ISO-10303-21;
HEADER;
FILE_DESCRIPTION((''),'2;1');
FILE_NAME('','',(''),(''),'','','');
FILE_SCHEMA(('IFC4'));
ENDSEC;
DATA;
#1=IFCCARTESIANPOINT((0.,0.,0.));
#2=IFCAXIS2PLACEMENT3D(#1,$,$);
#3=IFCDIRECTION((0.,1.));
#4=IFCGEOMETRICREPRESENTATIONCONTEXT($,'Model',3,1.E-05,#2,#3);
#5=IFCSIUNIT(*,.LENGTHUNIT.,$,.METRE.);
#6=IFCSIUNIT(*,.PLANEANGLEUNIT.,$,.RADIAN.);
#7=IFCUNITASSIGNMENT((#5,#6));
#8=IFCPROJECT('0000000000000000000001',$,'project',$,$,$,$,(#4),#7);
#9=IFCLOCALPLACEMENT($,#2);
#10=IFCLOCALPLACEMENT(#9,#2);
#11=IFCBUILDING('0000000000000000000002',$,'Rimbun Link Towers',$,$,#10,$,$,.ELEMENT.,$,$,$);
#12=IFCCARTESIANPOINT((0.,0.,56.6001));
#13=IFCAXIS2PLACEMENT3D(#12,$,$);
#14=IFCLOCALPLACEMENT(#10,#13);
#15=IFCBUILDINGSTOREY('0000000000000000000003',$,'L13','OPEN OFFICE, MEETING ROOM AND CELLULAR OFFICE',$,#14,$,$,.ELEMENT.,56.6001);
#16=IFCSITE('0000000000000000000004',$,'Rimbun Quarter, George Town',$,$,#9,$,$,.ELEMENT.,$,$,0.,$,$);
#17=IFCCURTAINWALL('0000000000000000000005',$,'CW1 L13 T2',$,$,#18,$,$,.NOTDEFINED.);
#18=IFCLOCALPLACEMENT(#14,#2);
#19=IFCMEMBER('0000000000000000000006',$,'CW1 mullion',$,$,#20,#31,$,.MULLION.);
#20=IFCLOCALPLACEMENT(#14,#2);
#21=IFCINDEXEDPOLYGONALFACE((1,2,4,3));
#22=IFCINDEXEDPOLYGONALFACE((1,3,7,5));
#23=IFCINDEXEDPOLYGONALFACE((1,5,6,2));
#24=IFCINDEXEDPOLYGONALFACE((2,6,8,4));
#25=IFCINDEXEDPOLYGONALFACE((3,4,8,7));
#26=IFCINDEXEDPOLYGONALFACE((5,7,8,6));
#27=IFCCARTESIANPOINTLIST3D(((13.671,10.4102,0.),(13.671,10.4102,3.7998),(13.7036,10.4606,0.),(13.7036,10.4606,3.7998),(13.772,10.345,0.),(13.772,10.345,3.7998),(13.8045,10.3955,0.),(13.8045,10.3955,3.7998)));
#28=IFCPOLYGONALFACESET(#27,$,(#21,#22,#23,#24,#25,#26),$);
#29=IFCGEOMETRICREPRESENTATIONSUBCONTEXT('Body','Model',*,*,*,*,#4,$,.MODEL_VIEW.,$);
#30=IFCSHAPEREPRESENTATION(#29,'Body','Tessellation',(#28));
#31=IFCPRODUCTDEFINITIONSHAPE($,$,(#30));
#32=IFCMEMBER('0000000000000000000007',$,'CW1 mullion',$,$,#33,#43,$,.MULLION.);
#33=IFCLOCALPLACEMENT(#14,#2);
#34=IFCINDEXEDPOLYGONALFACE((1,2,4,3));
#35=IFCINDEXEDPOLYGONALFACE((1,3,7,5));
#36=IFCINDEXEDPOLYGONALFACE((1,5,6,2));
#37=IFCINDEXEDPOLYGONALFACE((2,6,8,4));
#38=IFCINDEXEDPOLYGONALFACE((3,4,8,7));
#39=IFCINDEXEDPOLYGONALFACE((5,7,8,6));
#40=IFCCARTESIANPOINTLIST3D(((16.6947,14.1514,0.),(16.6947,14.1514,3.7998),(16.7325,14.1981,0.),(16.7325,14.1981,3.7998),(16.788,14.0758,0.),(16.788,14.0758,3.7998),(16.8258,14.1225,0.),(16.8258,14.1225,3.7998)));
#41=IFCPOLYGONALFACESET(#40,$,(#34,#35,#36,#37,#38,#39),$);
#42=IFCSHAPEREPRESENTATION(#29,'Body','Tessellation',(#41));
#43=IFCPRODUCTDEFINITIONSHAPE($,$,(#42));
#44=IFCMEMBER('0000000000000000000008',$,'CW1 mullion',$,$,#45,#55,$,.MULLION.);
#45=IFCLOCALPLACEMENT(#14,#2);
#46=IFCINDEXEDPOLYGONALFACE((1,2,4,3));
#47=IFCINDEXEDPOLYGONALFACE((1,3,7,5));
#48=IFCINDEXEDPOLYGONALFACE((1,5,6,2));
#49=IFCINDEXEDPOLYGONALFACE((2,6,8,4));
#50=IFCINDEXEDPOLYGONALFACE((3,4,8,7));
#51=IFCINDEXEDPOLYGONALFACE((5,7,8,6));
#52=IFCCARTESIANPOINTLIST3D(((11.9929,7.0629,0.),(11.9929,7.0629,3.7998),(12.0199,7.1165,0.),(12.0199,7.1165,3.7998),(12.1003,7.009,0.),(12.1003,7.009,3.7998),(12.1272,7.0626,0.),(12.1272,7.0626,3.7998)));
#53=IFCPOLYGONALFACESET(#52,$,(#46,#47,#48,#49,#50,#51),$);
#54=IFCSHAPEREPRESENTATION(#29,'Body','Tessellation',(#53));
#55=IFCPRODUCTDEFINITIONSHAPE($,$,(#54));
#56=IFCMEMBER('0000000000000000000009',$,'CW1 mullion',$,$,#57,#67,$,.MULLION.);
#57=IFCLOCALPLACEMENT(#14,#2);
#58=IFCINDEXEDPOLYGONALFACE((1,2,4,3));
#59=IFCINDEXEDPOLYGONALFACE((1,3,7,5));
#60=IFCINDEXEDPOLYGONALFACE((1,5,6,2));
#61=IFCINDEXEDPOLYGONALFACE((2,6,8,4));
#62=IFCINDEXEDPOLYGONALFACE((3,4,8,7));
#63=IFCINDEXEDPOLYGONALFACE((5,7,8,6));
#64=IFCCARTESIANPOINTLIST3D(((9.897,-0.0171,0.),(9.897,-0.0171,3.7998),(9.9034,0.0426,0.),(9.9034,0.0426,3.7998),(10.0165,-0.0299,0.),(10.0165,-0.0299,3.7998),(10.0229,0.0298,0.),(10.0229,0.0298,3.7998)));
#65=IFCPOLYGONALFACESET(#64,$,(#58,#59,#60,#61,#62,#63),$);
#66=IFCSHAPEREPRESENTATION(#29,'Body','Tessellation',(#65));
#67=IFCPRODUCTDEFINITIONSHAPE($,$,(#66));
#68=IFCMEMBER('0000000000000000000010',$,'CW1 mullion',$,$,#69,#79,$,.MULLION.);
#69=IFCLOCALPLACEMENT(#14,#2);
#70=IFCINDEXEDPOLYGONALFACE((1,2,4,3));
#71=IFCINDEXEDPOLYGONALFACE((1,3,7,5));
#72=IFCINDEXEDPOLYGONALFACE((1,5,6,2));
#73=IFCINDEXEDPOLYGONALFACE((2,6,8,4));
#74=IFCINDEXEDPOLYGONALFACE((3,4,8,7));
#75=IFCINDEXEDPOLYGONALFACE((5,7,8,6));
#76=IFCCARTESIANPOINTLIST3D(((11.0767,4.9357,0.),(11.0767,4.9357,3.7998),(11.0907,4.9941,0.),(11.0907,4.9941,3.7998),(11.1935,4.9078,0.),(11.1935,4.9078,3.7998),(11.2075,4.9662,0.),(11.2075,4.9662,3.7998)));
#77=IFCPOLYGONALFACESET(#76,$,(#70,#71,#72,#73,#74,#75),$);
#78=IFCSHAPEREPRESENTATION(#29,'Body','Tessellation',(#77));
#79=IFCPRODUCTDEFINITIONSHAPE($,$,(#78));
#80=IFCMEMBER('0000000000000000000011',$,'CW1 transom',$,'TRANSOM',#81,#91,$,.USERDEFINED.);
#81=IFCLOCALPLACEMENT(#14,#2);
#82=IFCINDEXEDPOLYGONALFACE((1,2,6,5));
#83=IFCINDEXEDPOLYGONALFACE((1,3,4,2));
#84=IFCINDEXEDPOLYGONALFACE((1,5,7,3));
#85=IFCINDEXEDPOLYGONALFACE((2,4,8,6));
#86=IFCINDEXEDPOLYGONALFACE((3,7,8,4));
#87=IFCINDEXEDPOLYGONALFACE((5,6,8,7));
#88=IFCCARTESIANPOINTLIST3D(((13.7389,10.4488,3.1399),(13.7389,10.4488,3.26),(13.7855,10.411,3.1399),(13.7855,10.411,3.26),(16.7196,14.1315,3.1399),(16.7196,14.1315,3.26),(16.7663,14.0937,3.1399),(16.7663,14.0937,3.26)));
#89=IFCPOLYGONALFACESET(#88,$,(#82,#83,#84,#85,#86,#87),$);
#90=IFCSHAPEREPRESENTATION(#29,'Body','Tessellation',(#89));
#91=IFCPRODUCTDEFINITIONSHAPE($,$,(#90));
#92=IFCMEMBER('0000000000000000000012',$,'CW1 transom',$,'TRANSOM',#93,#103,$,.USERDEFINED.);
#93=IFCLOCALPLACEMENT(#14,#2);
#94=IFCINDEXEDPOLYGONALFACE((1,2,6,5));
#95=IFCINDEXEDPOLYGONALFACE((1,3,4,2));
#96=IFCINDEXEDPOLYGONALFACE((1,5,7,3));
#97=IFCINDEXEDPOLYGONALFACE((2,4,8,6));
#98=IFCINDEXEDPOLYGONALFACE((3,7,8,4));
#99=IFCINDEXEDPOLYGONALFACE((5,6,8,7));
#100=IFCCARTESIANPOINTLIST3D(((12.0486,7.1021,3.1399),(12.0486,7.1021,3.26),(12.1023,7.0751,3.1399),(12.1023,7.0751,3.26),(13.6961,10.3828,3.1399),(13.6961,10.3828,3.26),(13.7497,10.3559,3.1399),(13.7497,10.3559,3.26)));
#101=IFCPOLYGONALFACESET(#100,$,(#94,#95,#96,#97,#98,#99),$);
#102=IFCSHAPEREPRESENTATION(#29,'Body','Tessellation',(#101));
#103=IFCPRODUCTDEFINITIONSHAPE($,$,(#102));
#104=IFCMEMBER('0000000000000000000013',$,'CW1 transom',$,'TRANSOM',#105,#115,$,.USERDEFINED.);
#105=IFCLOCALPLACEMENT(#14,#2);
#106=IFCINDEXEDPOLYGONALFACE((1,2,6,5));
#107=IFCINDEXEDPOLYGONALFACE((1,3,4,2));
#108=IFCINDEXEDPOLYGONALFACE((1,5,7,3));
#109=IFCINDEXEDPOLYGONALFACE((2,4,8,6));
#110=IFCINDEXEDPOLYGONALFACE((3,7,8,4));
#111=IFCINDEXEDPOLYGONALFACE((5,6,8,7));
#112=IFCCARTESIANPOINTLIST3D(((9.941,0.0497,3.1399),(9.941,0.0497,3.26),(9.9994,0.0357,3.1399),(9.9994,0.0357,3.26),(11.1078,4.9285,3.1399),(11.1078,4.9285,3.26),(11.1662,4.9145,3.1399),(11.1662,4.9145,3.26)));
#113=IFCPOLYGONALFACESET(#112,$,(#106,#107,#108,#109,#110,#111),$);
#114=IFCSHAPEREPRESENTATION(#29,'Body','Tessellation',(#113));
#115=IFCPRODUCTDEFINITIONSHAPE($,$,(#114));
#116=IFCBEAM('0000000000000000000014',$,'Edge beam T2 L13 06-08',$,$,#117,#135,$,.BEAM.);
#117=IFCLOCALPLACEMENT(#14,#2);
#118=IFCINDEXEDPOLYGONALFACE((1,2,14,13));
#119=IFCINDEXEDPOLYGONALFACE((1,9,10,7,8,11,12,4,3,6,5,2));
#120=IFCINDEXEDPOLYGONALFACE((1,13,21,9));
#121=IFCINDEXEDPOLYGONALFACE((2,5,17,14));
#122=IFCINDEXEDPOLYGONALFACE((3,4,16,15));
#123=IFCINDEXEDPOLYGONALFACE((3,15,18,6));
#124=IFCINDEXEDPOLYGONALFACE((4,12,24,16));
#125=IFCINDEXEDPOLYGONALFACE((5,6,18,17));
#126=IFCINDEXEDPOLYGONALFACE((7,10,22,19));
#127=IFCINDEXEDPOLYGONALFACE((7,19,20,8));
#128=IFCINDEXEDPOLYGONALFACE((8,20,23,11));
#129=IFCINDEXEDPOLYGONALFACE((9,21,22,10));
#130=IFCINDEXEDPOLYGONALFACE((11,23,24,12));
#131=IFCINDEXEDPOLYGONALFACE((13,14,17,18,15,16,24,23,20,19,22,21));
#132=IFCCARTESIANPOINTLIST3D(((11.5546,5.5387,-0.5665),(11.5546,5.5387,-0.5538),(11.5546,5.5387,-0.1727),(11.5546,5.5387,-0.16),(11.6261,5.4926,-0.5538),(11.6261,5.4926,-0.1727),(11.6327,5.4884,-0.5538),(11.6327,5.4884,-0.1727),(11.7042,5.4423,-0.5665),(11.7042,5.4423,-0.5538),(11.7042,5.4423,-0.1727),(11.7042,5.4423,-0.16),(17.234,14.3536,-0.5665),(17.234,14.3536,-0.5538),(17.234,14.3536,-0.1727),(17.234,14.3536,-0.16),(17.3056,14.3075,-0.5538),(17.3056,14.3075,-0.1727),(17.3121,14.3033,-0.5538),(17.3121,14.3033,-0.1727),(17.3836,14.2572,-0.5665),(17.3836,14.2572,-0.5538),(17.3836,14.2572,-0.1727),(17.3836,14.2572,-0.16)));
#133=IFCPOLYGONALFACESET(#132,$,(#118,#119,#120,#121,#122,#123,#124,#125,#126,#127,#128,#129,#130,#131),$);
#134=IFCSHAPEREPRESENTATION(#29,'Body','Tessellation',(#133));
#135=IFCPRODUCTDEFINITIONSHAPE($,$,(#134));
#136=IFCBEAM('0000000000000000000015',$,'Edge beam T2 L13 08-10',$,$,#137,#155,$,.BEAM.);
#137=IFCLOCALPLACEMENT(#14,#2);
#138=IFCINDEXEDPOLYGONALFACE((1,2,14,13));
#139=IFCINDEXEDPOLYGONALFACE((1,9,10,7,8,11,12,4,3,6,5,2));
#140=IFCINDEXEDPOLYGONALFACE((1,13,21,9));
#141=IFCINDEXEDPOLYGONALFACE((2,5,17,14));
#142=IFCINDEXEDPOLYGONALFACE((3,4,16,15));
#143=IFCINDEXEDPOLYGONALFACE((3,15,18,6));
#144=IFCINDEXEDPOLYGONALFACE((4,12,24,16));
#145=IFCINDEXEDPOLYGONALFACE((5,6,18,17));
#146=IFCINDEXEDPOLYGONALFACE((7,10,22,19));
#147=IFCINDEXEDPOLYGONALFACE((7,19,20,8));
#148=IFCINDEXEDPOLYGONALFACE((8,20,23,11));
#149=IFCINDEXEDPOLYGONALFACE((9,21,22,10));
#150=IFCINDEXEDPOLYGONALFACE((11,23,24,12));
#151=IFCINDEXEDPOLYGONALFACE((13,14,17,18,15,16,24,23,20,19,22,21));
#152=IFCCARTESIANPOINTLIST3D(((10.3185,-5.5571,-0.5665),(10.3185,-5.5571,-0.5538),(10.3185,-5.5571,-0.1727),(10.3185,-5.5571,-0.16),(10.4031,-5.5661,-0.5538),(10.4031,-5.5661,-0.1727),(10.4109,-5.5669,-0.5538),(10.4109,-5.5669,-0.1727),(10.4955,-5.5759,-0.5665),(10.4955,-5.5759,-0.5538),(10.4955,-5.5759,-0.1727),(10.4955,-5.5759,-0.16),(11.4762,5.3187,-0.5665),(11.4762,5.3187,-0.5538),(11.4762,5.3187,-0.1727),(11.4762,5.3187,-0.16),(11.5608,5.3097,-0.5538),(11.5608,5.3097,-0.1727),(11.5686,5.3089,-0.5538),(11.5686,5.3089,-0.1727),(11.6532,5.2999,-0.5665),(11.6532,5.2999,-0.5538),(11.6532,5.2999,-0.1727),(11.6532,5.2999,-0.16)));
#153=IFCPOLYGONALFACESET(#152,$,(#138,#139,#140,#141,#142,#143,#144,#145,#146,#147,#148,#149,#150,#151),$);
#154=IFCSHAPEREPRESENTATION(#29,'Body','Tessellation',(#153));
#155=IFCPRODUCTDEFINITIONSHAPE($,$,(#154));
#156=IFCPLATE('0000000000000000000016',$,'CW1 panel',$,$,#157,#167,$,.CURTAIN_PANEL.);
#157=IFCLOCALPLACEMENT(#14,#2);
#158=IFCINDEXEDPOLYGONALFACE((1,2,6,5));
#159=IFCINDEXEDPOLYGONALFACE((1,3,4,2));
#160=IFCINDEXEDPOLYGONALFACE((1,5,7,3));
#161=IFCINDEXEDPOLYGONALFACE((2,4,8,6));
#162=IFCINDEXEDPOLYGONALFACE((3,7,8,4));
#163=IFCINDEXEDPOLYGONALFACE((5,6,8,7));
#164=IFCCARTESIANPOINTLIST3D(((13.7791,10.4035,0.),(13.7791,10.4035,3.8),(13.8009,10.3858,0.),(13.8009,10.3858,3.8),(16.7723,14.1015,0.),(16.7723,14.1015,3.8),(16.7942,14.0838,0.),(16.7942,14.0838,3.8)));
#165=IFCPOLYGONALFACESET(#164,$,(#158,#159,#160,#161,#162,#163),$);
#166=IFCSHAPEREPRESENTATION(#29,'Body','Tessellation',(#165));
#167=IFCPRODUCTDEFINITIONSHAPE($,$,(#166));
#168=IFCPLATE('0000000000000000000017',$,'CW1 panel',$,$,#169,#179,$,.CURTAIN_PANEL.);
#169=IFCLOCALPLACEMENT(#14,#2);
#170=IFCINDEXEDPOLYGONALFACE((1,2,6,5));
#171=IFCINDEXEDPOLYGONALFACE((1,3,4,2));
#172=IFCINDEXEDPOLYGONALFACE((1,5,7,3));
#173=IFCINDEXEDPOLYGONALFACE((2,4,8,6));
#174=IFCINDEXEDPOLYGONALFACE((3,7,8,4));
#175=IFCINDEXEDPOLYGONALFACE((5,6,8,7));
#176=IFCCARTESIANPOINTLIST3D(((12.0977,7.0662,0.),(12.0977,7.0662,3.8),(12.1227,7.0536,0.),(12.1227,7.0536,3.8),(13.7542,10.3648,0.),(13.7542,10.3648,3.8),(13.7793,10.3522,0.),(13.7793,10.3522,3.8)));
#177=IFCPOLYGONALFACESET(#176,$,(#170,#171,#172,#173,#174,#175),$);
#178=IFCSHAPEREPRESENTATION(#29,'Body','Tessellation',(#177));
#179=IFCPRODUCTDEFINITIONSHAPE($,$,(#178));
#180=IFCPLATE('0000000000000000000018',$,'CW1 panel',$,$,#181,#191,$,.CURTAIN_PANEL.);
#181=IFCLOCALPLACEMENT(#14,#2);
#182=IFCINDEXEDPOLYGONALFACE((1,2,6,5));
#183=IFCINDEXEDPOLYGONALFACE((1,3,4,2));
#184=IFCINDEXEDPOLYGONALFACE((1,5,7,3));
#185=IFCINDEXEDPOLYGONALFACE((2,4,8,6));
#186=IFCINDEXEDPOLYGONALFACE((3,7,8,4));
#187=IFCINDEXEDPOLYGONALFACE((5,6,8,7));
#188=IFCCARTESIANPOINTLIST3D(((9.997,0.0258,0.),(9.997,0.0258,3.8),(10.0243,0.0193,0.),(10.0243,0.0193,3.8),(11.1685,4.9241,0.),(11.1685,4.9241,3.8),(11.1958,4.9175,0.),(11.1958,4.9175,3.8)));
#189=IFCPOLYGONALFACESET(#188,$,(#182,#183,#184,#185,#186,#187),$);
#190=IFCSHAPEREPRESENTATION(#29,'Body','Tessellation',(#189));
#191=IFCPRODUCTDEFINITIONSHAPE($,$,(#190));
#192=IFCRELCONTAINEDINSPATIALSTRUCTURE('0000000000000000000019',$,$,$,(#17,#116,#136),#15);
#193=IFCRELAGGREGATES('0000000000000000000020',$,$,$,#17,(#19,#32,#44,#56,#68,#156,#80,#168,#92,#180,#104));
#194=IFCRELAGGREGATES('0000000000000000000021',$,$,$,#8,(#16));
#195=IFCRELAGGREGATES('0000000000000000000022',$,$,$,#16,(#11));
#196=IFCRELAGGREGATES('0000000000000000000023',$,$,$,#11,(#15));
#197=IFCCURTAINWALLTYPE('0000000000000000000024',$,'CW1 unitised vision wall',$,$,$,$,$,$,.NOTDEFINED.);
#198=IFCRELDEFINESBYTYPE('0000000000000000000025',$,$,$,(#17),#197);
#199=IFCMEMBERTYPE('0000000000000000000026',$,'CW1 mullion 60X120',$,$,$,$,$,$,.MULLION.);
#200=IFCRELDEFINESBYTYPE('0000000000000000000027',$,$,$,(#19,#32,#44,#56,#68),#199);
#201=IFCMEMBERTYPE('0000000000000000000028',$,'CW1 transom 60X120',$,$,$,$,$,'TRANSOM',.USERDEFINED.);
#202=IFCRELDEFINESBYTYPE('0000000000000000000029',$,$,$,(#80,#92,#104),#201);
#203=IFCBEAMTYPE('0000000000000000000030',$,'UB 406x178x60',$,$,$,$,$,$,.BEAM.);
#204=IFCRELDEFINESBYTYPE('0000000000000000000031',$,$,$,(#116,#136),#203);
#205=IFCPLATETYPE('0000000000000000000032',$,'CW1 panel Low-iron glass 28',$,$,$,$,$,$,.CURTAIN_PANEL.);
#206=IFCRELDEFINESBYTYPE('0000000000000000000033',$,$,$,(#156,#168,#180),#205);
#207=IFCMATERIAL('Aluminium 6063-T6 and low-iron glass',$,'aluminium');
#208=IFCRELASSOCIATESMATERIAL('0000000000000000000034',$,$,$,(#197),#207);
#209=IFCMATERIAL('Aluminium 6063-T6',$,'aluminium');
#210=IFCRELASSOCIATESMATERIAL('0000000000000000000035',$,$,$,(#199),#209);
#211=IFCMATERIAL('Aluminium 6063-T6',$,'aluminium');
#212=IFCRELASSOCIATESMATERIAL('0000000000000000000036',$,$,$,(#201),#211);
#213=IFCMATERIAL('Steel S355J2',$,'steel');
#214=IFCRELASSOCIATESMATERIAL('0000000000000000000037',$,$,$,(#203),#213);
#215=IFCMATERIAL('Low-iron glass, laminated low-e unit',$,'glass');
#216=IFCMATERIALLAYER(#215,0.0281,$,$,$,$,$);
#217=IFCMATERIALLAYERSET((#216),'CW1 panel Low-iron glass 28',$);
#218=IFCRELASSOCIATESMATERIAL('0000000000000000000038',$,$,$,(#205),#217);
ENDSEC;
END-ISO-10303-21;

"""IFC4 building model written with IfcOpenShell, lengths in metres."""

from ifc_helpers import new_model, si_unit, direction, frame, origin, origin_2d, place, context, subcontext, project, spatial, rectangle, i_section, extrude, material, layer, layer_set, material_profile, profile_set, type_object, element, aggregate, save


model = new_model("IFC4")

# Units and contexts
model_context = context("Model", 3, precision=1e-05, world=origin(), true_north=direction((0.0, 1.0)))
body_context = subcontext(model_context, "Body", "Model", "MODEL_VIEW")
ifc_project = project(units=[si_unit("LENGTHUNIT", "METRE"), si_unit("PLANEANGLEUNIT", "RADIAN")], contexts=[model_context])

# Site, building, storey
site_placement = place(None, origin())
site = spatial("IfcSite", under=ifc_project, at=site_placement, Name="Rimbun Quarter, George Town", CompositionType="ELEMENT", RefElevation=0.0)
building_placement = place(site_placement, origin())
building = spatial("IfcBuilding", under=site, at=building_placement, Name="Rimbun Link Towers", CompositionType="ELEMENT")
storey_placement = place(building_placement, frame((0.0, 0.0, 56.6001)))
storey = spatial("IfcBuildingStorey", under=building, at=storey_placement, Name="L13", Description="OPEN OFFICE, MEETING ROOM AND CELLULAR OFFICE", CompositionType="ELEMENT", Elevation=56.6001)

# Curtain wall, members
ifc_material_1 = material(Name="Aluminium 6063-T6 and low-iron glass", Category="aluminium")
curtain_wall_type = type_object("IfcCurtainWallType", Name="CW1 unitised vision wall", PredefinedType="NOTDEFINED", material=ifc_material_1)
curtain_wall_placement = place(storey_placement, origin())
curtain_wall = element("IfcCurtainWall", 1, at=curtain_wall_placement, inside=storey, type_object=curtain_wall_type, Name="CW1 L13 T2", PredefinedType="NOTDEFINED")
ifc_material_2 = material(Name="Aluminium 6063-T6", Category="aluminium")
ifc_material_profile_1 = material_profile(ifc_material_2, rectangle(XDim=0.1201, YDim=0.0601, at=origin_2d()), Name="MULLION 60X120")
ifc_profile_set_1 = profile_set([ifc_material_profile_1], Name="Aluminium 6063-T6")
member_type_1 = type_object("IfcMemberType", Name="CW1 mullion 60X120", PredefinedType="MULLION", material=ifc_profile_set_1)
member_1_placement = place(storey_placement, frame((13.7378, 10.4028, 0.0), z_axis=(0.0, 0.0, 1.0), x_axis=(-0.840311, 0.542105, 0.0)))
member_1 = element("IfcMember", 2, at=member_1_placement, type_object=member_type_1, Name="CW1 mullion", PredefinedType="MULLION", context=body_context, shape_type="SweptSolid", body=[
    extrude(rectangle(XDim=0.1201, YDim=0.0601, at=origin_2d()), origin(), (0.0, 0.0, 1.0), 3.7998),
])
member_2_placement = place(storey_placement, frame((16.7603, 14.137, 0.0), z_axis=(0.0, 0.0, 1.0), x_axis=(-0.777277, 0.629158, 0.0)))
member_2 = element("IfcMember", 3, at=member_2_placement, type_object=member_type_1, Name="CW1 mullion", PredefinedType="MULLION", context=body_context, shape_type="SweptSolid", body=[
    extrude(rectangle(XDim=0.1201, YDim=0.0601, at=origin_2d()), origin(), (0.0, 0.0, 1.0), 3.7998),
])
member_3_placement = place(storey_placement, frame((12.0601, 7.0627, 0.0), z_axis=(0.0, 0.0, 1.0), x_axis=(-0.893638, 0.448789, 0.0)))
member_3 = element("IfcMember", 4, at=member_3_placement, type_object=member_type_1, Name="CW1 mullion", PredefinedType="MULLION", context=body_context, shape_type="SweptSolid", body=[
    extrude(rectangle(XDim=0.1201, YDim=0.0601, at=origin_2d()), origin(), (0.0, 0.0, 1.0), 3.7998),
])
member_4_placement = place(storey_placement, frame((9.96, 0.0063, 0.0), z_axis=(0.0, 0.0, 1.0), x_axis=(-0.994298, 0.10664, 0.0)))
member_4 = element("IfcMember", 5, at=member_4_placement, type_object=member_type_1, Name="CW1 mullion", PredefinedType="MULLION", context=body_context, shape_type="SweptSolid", body=[
    extrude(rectangle(XDim=0.1201, YDim=0.0601, at=origin_2d()), origin(), (0.0, 0.0, 1.0), 3.7998),
])
member_5_placement = place(storey_placement, frame((11.1421, 4.9509, 0.0), z_axis=(0.0, 0.0, 1.0), x_axis=(-0.972572, 0.232603, 0.0)))
member_5 = element("IfcMember", 6, at=member_5_placement, type_object=member_type_1, Name="CW1 mullion", PredefinedType="MULLION", context=body_context, shape_type="SweptSolid", body=[
    extrude(rectangle(XDim=0.1201, YDim=0.0601, at=origin_2d()), origin(), (0.0, 0.0, 1.0), 3.7998),
])
ifc_material_3 = material(Name="Aluminium 6063-T6", Category="aluminium")
ifc_material_profile_2 = material_profile(ifc_material_3, rectangle(XDim=0.0601, YDim=0.1201, at=origin_2d()), Name="TRANSOM 60X120")
ifc_profile_set_2 = profile_set([ifc_material_profile_2], Name="Aluminium 6063-T6")
member_type_2 = type_object("IfcMemberType", Name="CW1 transom 60X120", ElementType="TRANSOM", PredefinedType="USERDEFINED", material=ifc_profile_set_2)
member_6_placement = place(storey_placement, frame((13.7622, 10.4299, 3.2), z_axis=(0.62914, 0.777292, 0.0), x_axis=(-0.777292, 0.62914, 0.0)))
member_6 = element("IfcMember", 7, at=member_6_placement, type_object=member_type_2, Name="CW1 transom", ObjectType="TRANSOM", PredefinedType="USERDEFINED", context=body_context, shape_type="SweptSolid", body=[
    extrude(rectangle(XDim=0.0601, YDim=0.1201, at=origin_2d()), origin(), (0.0, 0.0, 1.0), 4.7378),
])
member_7_placement = place(storey_placement, frame((12.0754, 7.0886, 3.2), z_axis=(0.448756, 0.893654, 0.0), x_axis=(-0.893654, 0.448756, 0.0)))
member_7 = element("IfcMember", 8, at=member_7_placement, type_object=member_type_2, Name="CW1 transom", ObjectType="TRANSOM", PredefinedType="USERDEFINED", context=body_context, shape_type="SweptSolid", body=[
    extrude(rectangle(XDim=0.0601, YDim=0.1201, at=origin_2d()), origin(), (0.0, 0.0, 1.0), 3.6711),
])
member_8_placement = place(storey_placement, frame((9.9702, 0.0427, 3.2), z_axis=(0.232594, 0.972574, 0.0), x_axis=(-0.972574, 0.232594, 0.0)))
member_8 = element("IfcMember", 9, at=member_8_placement, type_object=member_type_2, Name="CW1 transom", ObjectType="TRANSOM", PredefinedType="USERDEFINED", context=body_context, shape_type="SweptSolid", body=[
    extrude(rectangle(XDim=0.0601, YDim=0.1201, at=origin_2d()), origin(), (0.0, 0.0, 1.0), 5.0164),
])

# Beams
ifc_material_4 = material(Name="Steel S355J2", Category="steel")
ifc_material_profile_3 = material_profile(ifc_material_4, i_section(OverallWidth=0.178, OverallDepth=0.4065, WebThickness=0.0078, FlangeThickness=0.0127, at=origin_2d()), Name="UB 406x178x60")
ifc_profile_set_3 = profile_set([ifc_material_profile_3], Name="Steel S355J2")
beam_type = type_object("IfcBeamType", Name="UB 406x178x60", PredefinedType="BEAM", material=ifc_profile_set_3)
beam_1_placement = place(storey_placement, frame((17.3088, 14.3054, -0.3633), z_axis=(-0.541614, -0.840627, 0.0), x_axis=(0.840627, -0.541614, 0.0)))
element("IfcBeam", 10, at=beam_1_placement, inside=storey, type_object=beam_type, Name="Edge beam T2 L13 06-08", PredefinedType="BEAM", context=body_context, shape_type="SweptSolid", body=[
    extrude(i_section(OverallWidth=0.178, OverallDepth=0.4065, WebThickness=0.0078, FlangeThickness=0.0127, at=origin_2d()), origin(), (0.0, 0.0, 1.0), 10.4861),
])
beam_2_placement = place(storey_placement, frame((11.5647, 5.3093, -0.3633), z_axis=(-0.105851, -0.994382, 0.0), x_axis=(0.994382, -0.105851, 0.0)))
element("IfcBeam", 11, at=beam_2_placement, inside=storey, type_object=beam_type, Name="Edge beam T2 L13 08-10", PredefinedType="BEAM", context=body_context, shape_type="SweptSolid", body=[
    extrude(i_section(OverallWidth=0.178, OverallDepth=0.4065, WebThickness=0.0078, FlangeThickness=0.0127, at=origin_2d()), origin(), (0.0, 0.0, 1.0), 10.9373),
])

# Plates
ifc_material_5 = material(Name="Low-iron glass, laminated low-e unit", Category="glass")
ifc_layer_1 = layer(ifc_material_5, 0.0281)
ifc_layer_set_1 = layer_set([ifc_layer_1], Name="CW1 panel Low-iron glass 28")
plate_type = type_object("IfcPlateType", Name="CW1 panel Low-iron glass 28", PredefinedType="CURTAIN_PANEL", material=ifc_layer_set_1)
plate_1_placement = place(storey_placement, frame((15.2866, 12.2437, 0.0), z_axis=(0.0, 0.0, 1.0), x_axis=(0.629158, 0.777277, 0.0)))
plate_1 = element("IfcPlate", 12, at=plate_1_placement, type_object=plate_type, Name="CW1 panel", PredefinedType="CURTAIN_PANEL", context=body_context, shape_type="SweptSolid", body=[
    extrude(rectangle(XDim=4.7576, YDim=0.0281, at=origin_2d()), origin(), (0.0, 0.0, 1.0), 3.8),
])
plate_2_placement = place(storey_placement, frame((12.9385, 8.7092, 0.0), z_axis=(0.0, 0.0, 1.0), x_axis=(0.448789, 0.893638, 0.0)))
plate_2 = element("IfcPlate", 13, at=plate_2_placement, type_object=plate_type, Name="CW1 panel", PredefinedType="CURTAIN_PANEL", context=body_context, shape_type="SweptSolid", body=[
    extrude(rectangle(XDim=3.6912, YDim=0.0281, at=origin_2d()), origin(), (0.0, 0.0, 1.0), 3.8),
])
plate_3_placement = place(storey_placement, frame((10.5964, 2.4717, 0.0), z_axis=(0.0, 0.0, 1.0), x_axis=(0.232603, 0.972572, 0.0)))
plate_3 = element("IfcPlate", 14, at=plate_3_placement, type_object=plate_type, Name="CW1 panel", PredefinedType="CURTAIN_PANEL", context=body_context, shape_type="SweptSolid", body=[
    extrude(rectangle(XDim=5.0364, YDim=0.0281, at=origin_2d()), origin(), (0.0, 0.0, 1.0), 3.8),
])
aggregate(curtain_wall, [member_1, member_2, member_3, member_4, member_5, plate_1, member_6, plate_2, member_7, plate_3, member_8])

save(model, "model.ifc")
